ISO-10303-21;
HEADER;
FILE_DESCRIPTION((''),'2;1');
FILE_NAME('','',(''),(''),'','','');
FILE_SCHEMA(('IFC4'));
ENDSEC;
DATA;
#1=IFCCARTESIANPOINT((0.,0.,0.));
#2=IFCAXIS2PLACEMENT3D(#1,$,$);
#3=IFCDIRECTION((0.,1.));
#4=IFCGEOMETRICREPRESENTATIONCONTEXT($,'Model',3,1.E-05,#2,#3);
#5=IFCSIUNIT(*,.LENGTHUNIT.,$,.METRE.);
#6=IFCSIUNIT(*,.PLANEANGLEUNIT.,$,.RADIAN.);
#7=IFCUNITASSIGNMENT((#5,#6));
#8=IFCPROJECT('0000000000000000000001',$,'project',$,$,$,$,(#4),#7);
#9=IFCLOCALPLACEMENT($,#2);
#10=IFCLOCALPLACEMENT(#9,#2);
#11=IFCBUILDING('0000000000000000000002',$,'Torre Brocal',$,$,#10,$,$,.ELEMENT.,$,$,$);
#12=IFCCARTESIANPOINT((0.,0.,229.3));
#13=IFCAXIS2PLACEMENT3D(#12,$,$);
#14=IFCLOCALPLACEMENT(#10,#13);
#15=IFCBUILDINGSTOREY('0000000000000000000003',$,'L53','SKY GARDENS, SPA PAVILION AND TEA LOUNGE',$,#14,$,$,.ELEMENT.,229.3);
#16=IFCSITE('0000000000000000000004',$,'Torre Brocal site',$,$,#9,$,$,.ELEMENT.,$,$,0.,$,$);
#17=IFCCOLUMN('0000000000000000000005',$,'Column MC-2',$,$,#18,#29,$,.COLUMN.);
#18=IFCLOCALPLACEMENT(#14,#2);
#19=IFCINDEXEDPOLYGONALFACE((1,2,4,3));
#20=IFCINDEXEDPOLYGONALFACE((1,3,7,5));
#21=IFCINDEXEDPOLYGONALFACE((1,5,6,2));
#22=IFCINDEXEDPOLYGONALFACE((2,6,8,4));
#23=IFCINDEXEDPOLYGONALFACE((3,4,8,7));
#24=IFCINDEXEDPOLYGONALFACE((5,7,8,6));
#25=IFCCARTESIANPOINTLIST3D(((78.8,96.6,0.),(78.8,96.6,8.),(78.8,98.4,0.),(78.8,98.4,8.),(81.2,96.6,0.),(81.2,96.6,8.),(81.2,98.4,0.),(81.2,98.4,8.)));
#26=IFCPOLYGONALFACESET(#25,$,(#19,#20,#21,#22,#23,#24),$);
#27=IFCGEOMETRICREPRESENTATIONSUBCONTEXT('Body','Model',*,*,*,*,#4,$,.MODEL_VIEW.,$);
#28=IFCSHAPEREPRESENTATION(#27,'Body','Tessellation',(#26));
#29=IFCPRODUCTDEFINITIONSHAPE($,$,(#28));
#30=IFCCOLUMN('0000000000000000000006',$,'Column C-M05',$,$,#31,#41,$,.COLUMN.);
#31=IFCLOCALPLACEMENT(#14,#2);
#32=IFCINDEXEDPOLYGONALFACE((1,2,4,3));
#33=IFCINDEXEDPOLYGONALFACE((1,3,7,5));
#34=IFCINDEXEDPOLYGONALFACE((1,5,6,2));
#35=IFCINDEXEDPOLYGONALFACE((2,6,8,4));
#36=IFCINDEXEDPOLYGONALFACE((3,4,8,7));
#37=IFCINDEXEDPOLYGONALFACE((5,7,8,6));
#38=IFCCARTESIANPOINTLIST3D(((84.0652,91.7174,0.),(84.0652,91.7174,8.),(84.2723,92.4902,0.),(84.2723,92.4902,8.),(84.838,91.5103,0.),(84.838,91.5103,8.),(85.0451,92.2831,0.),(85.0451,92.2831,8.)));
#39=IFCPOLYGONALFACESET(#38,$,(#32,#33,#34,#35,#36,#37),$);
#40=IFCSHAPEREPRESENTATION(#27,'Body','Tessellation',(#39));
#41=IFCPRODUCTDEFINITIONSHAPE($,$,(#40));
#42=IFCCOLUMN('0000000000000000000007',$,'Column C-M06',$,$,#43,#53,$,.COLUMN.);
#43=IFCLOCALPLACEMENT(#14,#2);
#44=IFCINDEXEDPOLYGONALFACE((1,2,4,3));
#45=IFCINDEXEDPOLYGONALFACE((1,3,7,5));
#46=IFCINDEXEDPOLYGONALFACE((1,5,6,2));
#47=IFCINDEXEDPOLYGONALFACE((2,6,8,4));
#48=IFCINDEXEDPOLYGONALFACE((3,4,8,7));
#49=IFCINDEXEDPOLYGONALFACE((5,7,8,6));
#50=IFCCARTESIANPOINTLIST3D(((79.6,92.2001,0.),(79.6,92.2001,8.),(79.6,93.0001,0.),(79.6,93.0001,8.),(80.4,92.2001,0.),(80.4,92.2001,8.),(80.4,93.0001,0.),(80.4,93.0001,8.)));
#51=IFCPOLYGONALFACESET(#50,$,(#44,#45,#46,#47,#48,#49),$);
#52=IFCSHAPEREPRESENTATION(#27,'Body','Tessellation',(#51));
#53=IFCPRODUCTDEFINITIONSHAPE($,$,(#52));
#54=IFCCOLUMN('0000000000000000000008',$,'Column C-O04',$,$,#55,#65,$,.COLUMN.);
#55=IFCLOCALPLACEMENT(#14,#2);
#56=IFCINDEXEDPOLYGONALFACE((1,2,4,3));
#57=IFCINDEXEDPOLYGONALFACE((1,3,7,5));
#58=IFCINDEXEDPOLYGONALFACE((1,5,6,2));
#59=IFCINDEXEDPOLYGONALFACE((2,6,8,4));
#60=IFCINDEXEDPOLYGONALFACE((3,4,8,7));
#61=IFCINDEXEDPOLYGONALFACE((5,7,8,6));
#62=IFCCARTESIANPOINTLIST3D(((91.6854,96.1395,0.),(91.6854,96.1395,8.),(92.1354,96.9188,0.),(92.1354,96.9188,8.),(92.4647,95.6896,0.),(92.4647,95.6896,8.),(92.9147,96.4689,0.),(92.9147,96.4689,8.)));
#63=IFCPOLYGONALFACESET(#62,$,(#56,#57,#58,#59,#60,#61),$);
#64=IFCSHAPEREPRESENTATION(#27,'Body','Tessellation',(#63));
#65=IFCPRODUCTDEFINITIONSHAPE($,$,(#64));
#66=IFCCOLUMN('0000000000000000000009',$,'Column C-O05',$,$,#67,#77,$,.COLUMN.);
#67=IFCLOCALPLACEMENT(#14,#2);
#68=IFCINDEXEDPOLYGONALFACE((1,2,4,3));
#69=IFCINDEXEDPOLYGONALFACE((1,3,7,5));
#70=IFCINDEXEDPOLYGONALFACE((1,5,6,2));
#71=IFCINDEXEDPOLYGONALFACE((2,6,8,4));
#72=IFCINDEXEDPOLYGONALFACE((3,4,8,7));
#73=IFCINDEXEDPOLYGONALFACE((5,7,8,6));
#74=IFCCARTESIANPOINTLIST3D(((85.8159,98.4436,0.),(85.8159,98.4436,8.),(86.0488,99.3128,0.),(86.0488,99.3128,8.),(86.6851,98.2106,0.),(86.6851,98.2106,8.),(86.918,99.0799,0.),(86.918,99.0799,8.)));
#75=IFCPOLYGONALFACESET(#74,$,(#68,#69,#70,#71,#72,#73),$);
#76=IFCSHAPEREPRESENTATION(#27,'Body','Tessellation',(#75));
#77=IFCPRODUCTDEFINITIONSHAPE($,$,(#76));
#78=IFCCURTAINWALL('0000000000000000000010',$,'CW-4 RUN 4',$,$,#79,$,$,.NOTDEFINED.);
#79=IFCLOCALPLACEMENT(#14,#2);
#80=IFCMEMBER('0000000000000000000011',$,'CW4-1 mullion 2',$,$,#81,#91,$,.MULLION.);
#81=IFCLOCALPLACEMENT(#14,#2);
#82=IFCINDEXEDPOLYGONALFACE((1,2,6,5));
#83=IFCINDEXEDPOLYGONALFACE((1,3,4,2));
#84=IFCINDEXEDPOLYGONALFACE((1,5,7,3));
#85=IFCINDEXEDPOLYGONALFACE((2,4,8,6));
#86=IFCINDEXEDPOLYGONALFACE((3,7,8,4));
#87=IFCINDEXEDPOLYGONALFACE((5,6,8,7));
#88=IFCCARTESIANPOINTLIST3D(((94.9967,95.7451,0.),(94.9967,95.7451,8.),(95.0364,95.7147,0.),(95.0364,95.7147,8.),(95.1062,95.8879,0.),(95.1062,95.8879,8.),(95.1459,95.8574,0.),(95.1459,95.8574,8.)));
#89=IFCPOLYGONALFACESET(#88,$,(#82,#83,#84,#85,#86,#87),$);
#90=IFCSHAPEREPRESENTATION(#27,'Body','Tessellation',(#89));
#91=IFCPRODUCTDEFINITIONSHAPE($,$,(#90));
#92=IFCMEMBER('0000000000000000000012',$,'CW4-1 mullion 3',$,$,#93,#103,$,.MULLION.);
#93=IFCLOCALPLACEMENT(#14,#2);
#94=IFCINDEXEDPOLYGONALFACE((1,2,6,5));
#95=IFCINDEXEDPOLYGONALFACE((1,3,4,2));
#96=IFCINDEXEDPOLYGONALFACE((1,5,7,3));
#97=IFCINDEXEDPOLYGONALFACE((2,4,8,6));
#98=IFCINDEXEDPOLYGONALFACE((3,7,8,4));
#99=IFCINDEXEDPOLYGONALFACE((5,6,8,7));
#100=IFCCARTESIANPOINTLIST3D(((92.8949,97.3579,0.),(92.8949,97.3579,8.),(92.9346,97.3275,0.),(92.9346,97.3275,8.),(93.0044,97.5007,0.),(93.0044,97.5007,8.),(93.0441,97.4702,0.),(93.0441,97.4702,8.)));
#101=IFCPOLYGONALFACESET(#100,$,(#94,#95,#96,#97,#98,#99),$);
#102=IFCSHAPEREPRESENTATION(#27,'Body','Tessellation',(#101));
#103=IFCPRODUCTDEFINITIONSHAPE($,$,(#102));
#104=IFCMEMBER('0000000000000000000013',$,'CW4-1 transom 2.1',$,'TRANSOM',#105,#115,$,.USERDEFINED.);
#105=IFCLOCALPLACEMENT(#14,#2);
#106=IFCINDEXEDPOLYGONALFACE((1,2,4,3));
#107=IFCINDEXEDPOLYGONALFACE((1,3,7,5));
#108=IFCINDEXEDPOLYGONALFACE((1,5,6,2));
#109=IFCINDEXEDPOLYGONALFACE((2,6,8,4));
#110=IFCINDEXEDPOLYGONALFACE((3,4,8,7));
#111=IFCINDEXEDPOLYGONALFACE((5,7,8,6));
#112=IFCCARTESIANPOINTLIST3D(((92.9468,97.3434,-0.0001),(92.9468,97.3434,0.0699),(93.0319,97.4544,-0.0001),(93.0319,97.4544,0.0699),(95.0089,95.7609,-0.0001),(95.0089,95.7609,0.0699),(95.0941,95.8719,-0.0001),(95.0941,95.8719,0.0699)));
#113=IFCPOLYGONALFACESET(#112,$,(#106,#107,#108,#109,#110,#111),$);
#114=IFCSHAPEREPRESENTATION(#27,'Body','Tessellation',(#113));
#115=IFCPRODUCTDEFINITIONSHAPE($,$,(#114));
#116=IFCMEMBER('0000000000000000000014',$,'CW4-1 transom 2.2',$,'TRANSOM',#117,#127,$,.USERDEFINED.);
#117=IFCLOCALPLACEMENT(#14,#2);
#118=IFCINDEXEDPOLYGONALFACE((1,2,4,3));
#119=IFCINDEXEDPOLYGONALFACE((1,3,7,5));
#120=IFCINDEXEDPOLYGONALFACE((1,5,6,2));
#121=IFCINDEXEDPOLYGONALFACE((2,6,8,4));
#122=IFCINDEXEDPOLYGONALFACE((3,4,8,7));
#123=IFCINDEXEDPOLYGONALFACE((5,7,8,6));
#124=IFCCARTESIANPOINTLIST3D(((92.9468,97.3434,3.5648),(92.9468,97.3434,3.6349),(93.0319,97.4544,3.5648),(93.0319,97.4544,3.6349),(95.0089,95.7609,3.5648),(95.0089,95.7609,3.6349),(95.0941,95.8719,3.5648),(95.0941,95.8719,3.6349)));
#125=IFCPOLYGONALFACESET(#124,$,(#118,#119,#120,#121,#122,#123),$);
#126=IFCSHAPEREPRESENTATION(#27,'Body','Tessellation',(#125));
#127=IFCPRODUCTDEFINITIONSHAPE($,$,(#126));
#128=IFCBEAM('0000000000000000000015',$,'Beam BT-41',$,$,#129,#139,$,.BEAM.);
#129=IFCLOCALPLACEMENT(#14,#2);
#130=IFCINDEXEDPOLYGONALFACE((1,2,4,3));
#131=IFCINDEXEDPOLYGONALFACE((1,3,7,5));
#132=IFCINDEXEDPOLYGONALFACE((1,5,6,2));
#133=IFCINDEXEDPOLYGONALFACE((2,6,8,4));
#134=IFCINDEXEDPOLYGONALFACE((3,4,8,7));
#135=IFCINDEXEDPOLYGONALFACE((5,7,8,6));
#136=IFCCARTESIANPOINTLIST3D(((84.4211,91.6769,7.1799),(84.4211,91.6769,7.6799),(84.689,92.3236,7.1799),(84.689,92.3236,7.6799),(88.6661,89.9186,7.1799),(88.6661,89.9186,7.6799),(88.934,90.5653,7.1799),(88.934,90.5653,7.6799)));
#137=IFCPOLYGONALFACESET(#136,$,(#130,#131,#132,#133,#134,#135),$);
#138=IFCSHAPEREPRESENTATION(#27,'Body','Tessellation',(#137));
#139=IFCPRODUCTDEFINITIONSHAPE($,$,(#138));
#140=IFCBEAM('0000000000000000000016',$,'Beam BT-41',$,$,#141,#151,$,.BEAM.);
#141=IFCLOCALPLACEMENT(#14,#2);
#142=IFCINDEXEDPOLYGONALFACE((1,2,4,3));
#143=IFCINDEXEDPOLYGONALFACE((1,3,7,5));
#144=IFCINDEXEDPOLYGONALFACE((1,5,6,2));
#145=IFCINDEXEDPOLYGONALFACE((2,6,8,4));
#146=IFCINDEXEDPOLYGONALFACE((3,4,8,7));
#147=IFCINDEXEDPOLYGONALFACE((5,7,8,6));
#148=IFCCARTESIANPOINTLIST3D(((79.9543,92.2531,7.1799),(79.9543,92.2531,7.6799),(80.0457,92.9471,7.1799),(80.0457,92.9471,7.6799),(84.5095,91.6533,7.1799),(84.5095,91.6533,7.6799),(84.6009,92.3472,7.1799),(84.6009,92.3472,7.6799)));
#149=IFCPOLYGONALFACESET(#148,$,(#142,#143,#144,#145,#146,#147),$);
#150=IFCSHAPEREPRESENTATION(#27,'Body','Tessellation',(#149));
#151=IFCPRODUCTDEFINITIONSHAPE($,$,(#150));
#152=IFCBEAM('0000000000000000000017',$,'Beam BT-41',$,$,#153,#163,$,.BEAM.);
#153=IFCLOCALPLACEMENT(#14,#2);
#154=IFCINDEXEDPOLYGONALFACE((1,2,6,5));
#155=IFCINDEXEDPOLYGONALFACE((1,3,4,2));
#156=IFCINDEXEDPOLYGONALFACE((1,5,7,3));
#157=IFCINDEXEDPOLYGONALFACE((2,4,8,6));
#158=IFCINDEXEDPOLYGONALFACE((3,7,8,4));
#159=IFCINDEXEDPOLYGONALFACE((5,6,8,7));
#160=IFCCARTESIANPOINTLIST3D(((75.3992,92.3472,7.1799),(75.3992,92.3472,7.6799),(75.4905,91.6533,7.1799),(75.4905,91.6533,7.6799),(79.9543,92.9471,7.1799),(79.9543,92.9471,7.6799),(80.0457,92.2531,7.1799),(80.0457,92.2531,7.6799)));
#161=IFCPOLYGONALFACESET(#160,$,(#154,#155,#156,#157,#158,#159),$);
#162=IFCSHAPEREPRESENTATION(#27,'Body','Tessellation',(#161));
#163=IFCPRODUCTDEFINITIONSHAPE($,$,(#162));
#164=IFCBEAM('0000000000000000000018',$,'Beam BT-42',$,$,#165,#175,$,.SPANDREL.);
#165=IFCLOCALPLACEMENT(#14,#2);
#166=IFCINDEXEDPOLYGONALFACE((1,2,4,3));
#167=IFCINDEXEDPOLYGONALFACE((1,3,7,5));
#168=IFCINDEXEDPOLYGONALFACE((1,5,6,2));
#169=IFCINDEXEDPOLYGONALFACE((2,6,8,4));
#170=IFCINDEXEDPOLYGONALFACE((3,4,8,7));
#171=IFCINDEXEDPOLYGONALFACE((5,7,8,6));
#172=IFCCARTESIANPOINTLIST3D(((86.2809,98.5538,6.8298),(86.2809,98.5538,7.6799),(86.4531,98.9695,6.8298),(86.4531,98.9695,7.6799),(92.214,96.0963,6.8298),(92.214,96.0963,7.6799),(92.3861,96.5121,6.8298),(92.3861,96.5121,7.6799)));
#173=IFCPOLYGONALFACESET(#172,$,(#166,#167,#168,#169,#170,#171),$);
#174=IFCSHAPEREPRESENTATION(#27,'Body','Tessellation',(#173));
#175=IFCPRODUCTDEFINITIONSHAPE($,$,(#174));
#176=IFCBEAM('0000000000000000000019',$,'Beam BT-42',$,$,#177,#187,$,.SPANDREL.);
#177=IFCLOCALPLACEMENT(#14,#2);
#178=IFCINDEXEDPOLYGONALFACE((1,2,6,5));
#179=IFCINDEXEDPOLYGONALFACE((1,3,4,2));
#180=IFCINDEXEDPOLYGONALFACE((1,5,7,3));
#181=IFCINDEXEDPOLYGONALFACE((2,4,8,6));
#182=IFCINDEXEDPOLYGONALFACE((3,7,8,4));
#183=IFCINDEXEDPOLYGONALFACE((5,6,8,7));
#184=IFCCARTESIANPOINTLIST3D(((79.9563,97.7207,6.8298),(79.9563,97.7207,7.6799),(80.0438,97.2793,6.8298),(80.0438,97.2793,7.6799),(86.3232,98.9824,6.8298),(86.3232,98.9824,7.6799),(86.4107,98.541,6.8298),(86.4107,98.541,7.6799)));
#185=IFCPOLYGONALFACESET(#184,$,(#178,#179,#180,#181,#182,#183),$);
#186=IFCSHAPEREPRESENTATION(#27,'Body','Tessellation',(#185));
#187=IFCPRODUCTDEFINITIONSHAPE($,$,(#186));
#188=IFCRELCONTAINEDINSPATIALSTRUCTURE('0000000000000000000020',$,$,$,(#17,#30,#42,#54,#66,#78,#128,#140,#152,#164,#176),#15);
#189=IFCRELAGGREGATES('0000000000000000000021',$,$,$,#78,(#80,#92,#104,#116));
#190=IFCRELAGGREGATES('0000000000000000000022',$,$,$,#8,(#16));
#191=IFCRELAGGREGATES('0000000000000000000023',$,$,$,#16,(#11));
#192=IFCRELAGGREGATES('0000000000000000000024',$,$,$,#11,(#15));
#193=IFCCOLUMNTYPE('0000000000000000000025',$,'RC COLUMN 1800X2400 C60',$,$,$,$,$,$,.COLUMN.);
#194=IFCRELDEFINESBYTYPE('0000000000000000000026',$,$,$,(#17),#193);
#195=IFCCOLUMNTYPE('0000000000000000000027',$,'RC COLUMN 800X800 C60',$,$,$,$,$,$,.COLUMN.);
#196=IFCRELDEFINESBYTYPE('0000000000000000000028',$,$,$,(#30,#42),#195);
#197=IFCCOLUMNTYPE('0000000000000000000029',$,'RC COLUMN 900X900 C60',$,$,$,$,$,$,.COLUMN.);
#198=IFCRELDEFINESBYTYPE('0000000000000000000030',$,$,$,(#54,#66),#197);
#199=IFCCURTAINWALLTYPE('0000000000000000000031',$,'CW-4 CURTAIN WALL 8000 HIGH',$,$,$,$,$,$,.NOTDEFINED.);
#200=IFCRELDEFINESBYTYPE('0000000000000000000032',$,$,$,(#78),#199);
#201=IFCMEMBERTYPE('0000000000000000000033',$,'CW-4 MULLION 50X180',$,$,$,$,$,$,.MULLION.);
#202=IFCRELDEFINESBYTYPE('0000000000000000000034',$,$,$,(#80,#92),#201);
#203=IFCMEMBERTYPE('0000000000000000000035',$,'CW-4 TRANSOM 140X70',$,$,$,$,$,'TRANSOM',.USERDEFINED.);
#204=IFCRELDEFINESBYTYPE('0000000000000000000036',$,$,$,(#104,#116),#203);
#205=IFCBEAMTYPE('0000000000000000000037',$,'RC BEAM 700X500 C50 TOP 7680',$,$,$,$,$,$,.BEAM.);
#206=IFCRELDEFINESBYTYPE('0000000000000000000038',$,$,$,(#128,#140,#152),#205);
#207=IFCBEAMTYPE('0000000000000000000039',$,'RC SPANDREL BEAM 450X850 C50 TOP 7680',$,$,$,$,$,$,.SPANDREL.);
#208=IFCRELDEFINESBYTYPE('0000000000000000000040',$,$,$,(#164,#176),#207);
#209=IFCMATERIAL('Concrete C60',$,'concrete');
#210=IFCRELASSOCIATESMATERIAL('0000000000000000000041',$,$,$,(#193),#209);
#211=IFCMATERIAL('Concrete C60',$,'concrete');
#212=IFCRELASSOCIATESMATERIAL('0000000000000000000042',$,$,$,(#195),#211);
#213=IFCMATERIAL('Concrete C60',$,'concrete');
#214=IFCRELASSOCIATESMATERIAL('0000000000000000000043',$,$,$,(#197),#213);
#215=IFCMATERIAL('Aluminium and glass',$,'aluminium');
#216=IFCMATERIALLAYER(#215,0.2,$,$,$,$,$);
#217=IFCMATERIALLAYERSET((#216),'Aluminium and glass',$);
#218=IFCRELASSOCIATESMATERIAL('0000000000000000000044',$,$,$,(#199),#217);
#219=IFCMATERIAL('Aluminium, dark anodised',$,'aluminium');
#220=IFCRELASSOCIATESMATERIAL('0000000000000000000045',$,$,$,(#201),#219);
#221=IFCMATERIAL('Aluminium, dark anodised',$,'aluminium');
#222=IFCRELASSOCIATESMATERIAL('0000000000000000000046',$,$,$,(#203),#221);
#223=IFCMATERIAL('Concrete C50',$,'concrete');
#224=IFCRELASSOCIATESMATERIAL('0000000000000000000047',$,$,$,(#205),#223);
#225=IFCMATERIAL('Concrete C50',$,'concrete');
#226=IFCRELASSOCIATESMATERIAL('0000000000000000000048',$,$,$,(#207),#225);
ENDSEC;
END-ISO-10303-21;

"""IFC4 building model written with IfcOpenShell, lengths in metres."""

from ifc_helpers import new_model, si_unit, direction, frame, origin, origin_2d, place, context, subcontext, project, spatial, rectangle, extrude, material, layer, layer_set, material_profile, profile_set, type_object, element, aggregate, save


model = new_model("IFC4")

# Units and contexts
model_context = context("Model", 3, precision=1e-05, world=origin(), true_north=direction((0.0, 1.0)))
body_context = subcontext(model_context, "Body", "Model", "MODEL_VIEW")
ifc_project = project(units=[si_unit("LENGTHUNIT", "METRE"), si_unit("PLANEANGLEUNIT", "RADIAN")], contexts=[model_context])

# Site, building, storey
site_placement = place(None, origin())
site = spatial("IfcSite", under=ifc_project, at=site_placement, Name="Torre Brocal site", CompositionType="ELEMENT", RefElevation=0.0)
building_placement = place(site_placement, origin())
building = spatial("IfcBuilding", under=site, at=building_placement, Name="Torre Brocal", CompositionType="ELEMENT")
storey_placement = place(building_placement, frame((0.0, 0.0, 229.3)))
storey = spatial("IfcBuildingStorey", under=building, at=storey_placement, Name="L53", Description="SKY GARDENS, SPA PAVILION AND TEA LOUNGE", CompositionType="ELEMENT", Elevation=229.3)

# Columns
ifc_material_1 = material(Name="Concrete C60", Category="concrete")
ifc_material_profile_1 = material_profile(ifc_material_1, rectangle(XDim=1.8, YDim=2.3999, at=origin_2d()), Name="RC 1800X2400")
ifc_profile_set_1 = profile_set([ifc_material_profile_1], Name="Concrete C60")
column_type_1 = type_object("IfcColumnType", Name="RC COLUMN 1800X2400 C60", PredefinedType="COLUMN", material=ifc_profile_set_1)
column_placement = place(storey_placement, frame((80.0, 97.5, 0.0), z_axis=(0.0, 0.0, 1.0), x_axis=(0.0, 1.0, 0.0)))
element("IfcColumn", 1, at=column_placement, inside=storey, type_object=column_type_1, Name="Column MC-2", PredefinedType="COLUMN", context=body_context, shape_type="SweptSolid", body=[
    extrude(rectangle(XDim=1.8, YDim=2.3999, at=origin_2d()), origin(), (0.0, 0.0, 1.0), 8.0),
])
ifc_material_2 = material(Name="Concrete C60", Category="concrete")
ifc_material_profile_2 = material_profile(ifc_material_2, rectangle(XDim=0.8, YDim=0.8, at=origin_2d()), Name="RC 800X800")
ifc_profile_set_2 = profile_set([ifc_material_profile_2], Name="Concrete C60")
column_type_2 = type_object("IfcColumnType", Name="RC COLUMN 800X800 C60", PredefinedType="COLUMN", material=ifc_profile_set_2)
for number, where, z_axis, x_axis, name in (
    (2, (84.5552, 92.0002, 0.0), (0.0, 0.0, 1.0), (0.258819, 0.965926, 0.0), "Column C-M05"),
    (3, (80.0, 92.6001, 0.0), (0.0, 0.0, 1.0), (0.0, 1.0, 0.0), "Column C-M06"),
):
    element("IfcColumn", number, at=place(storey_placement, frame(where, z_axis=z_axis, x_axis=x_axis)), inside=storey, type_object=column_type_2, Name=name, PredefinedType="COLUMN", context=body_context, shape_type="SweptSolid", body=[
        extrude(rectangle(XDim=0.8, YDim=0.8, at=origin_2d()), origin(), (0.0, 0.0, 1.0), 8.0),
    ])
ifc_material_3 = material(Name="Concrete C60", Category="concrete")
ifc_material_profile_3 = material_profile(ifc_material_3, rectangle(XDim=0.8999, YDim=0.8999, at=origin_2d()), Name="RC 900X900")
ifc_profile_set_3 = profile_set([ifc_material_profile_3], Name="Concrete C60")
column_type_3 = type_object("IfcColumnType", Name="RC COLUMN 900X900 C60", PredefinedType="COLUMN", material=ifc_profile_set_3)
for number, where, z_axis, x_axis, name in (
    (4, (92.3, 96.3042, 0.0), (0.0, 0.0, 1.0), (0.5, 0.866025, 0.0), "Column C-O04"),
    (5, (86.3669, 98.7617, 0.0), (0.0, 0.0, 1.0), (0.258819, 0.965926, 0.0), "Column C-O05"),
):
    element("IfcColumn", number, at=place(storey_placement, frame(where, z_axis=z_axis, x_axis=x_axis)), inside=storey, type_object=column_type_3, Name=name, PredefinedType="COLUMN", context=body_context, shape_type="SweptSolid", body=[
        extrude(rectangle(XDim=0.8999, YDim=0.8999, at=origin_2d()), origin(), (0.0, 0.0, 1.0), 8.0),
    ])

# Curtain wall, members
ifc_material_4 = material(Name="Aluminium and glass", Category="aluminium")
ifc_layer_1 = layer(ifc_material_4, 0.2)
ifc_layer_set_1 = layer_set([ifc_layer_1], Name="Aluminium and glass")
curtain_wall_type = type_object("IfcCurtainWallType", Name="CW-4 CURTAIN WALL 8000 HIGH", PredefinedType="NOTDEFINED", material=ifc_layer_set_1)
curtain_wall_placement = place(storey_placement, origin())
curtain_wall = element("IfcCurtainWall", 6, at=curtain_wall_placement, inside=storey, type_object=curtain_wall_type, Name="CW-4 RUN 4", PredefinedType="NOTDEFINED")
ifc_material_5 = material(Name="Aluminium, dark anodised", Category="aluminium")
ifc_material_profile_4 = material_profile(ifc_material_5, rectangle(XDim=0.1799, YDim=0.05, at=origin_2d()), Name="CW-4 MULLION 50X180")
ifc_profile_set_4 = profile_set([ifc_material_profile_4], Name="Aluminium, dark anodised")
member_type_1 = type_object("IfcMemberType", Name="CW-4 MULLION 50X180", PredefinedType="MULLION", material=ifc_profile_set_4)
member_1_placement = place(storey_placement, frame((95.0713, 95.8013, 0.0), z_axis=(0.0, 0.0, 1.0), x_axis=(-0.608761, -0.793353, 0.0)))
member_1 = element("IfcMember", 7, at=member_1_placement, type_object=member_type_1, Name="CW4-1 mullion 2", PredefinedType="MULLION", context=body_context, shape_type="SweptSolid", body=[
    extrude(rectangle(XDim=0.1799, YDim=0.05, at=origin_2d()), origin(), (0.0, 0.0, 1.0), 8.0),
])
member_2_placement = place(storey_placement, frame((92.9695, 97.4141, 0.0), z_axis=(0.0, 0.0, 1.0), x_axis=(-0.608761, -0.793353, 0.0)))
member_2 = element("IfcMember", 8, at=member_2_placement, type_object=member_type_1, Name="CW4-1 mullion 3", PredefinedType="MULLION", context=body_context, shape_type="SweptSolid", body=[
    extrude(rectangle(XDim=0.1799, YDim=0.05, at=origin_2d()), origin(), (0.0, 0.0, 1.0), 8.0),
])
ifc_material_6 = material(Name="Aluminium, dark anodised", Category="aluminium")
ifc_material_profile_5 = material_profile(ifc_material_6, rectangle(XDim=0.1399, YDim=0.0701, at=origin_2d()), Name="CW-4 TRANSOM 140X70")
ifc_profile_set_5 = profile_set([ifc_material_profile_5], Name="Aluminium, dark anodised")
member_type_2 = type_object("IfcMemberType", Name="CW-4 TRANSOM 140X70", ElementType="TRANSOM", PredefinedType="USERDEFINED", material=ifc_profile_set_5)
member_3_placement = place(storey_placement, frame((95.0515, 95.8164, 0.0349), z_axis=(-0.793336, 0.608784, 0.0), x_axis=(-0.608784, -0.793336, 0.0)))
member_3 = element("IfcMember", 9, at=member_3_placement, type_object=member_type_2, Name="CW4-1 transom 2.1", ObjectType="TRANSOM", PredefinedType="USERDEFINED", context=body_context, shape_type="SweptSolid", body=[
    extrude(rectangle(XDim=0.1399, YDim=0.0701, at=origin_2d()), origin(), (0.0, 0.0, 1.0), 2.5994),
])
member_4_placement = place(storey_placement, frame((95.0515, 95.8164, 3.5999), z_axis=(-0.793336, 0.608784, 0.0), x_axis=(-0.608784, -0.793336, 0.0)))
member_4 = element("IfcMember", 10, at=member_4_placement, type_object=member_type_2, Name="CW4-1 transom 2.2", ObjectType="TRANSOM", PredefinedType="USERDEFINED", context=body_context, shape_type="SweptSolid", body=[
    extrude(rectangle(XDim=0.1399, YDim=0.0701, at=origin_2d()), origin(), (0.0, 0.0, 1.0), 2.5994),
])

# Beams
ifc_material_7 = material(Name="Concrete C50", Category="concrete")
ifc_material_profile_6 = material_profile(ifc_material_7, rectangle(XDim=0.7, YDim=0.5, at=origin_2d()), Name="RC 700X500")
ifc_profile_set_6 = profile_set([ifc_material_profile_6], Name="Concrete C50")
beam_type_1 = type_object("IfcBeamType", Name="RC BEAM 700X500 C50 TOP 7680", PredefinedType="BEAM", material=ifc_profile_set_6)
beam_1_placement = place(storey_placement, frame((88.8, 90.2419, 7.4299), z_axis=(-0.923878, 0.382687, 0.0), x_axis=(-0.382687, -0.923878, 0.0)))
element("IfcBeam", 11, at=beam_1_placement, inside=storey, type_object=beam_type_1, Name="Beam BT-41", PredefinedType="BEAM", context=body_context, shape_type="SweptSolid", body=[
    extrude(rectangle(XDim=0.7, YDim=0.5, at=origin_2d()), origin(), (0.0, 0.0, 1.0), 4.5947),
])
for number, where, z_axis, x_axis, name in (
    (12, (84.5552, 92.0002, 7.4299), (-0.991441, 0.130559, 0.0), (-0.130559, -0.991441, 0.0), "Beam BT-41"),
    (13, (80.0, 92.6001, 7.4299), (-0.991441, -0.130559, 0.0), (0.130559, -0.991441, 0.0), "Beam BT-41"),
):
    element("IfcBeam", number, at=place(storey_placement, frame(where, z_axis=z_axis, x_axis=x_axis)), inside=storey, type_object=beam_type_1, Name=name, PredefinedType="BEAM", context=body_context, shape_type="SweptSolid", body=[
        extrude(rectangle(XDim=0.7, YDim=0.5, at=origin_2d()), origin(), (0.0, 0.0, 1.0), 4.5945),
    ])
ifc_material_8 = material(Name="Concrete C50", Category="concrete")
ifc_material_profile_7 = material_profile(ifc_material_8, rectangle(XDim=0.45, YDim=0.8501, at=origin_2d()), Name="RC 450X850")
ifc_profile_set_7 = profile_set([ifc_material_profile_7], Name="Concrete C50")
beam_type_2 = type_object("IfcBeamType", Name="RC SPANDREL BEAM 450X850 C50 TOP 7680", PredefinedType="SPANDREL", material=ifc_profile_set_7)
beam_2_placement = place(storey_placement, frame((92.3, 96.3042, 7.2549), z_axis=(-0.923882, 0.382676, 0.0), x_axis=(-0.382676, -0.923882, 0.0)))
element("IfcBeam", 14, at=beam_2_placement, inside=storey, type_object=beam_type_2, Name="Beam BT-42", PredefinedType="SPANDREL", context=body_context, shape_type="SweptSolid", body=[
    extrude(rectangle(XDim=0.45, YDim=0.8501, at=origin_2d()), origin(), (0.0, 0.0, 1.0), 6.4219),
])
for number, where, z_axis, x_axis, name in (
    (15, (86.3669, 98.7617, 7.2549), (-0.980925, -0.194387, 0.0), (0.194387, -0.980925, 0.0), "Beam BT-42"),
):
    element("IfcBeam", number, at=place(storey_placement, frame(where, z_axis=z_axis, x_axis=x_axis)), inside=storey, type_object=beam_type_2, Name=name, PredefinedType="SPANDREL", context=body_context, shape_type="SweptSolid", body=[
        extrude(rectangle(XDim=0.45, YDim=0.8501, at=origin_2d()), origin(), (0.0, 0.0, 1.0), 6.4907),
    ])

aggregate(curtain_wall, [member_1, member_2, member_3, member_4])

save(model, "model.ifc")
